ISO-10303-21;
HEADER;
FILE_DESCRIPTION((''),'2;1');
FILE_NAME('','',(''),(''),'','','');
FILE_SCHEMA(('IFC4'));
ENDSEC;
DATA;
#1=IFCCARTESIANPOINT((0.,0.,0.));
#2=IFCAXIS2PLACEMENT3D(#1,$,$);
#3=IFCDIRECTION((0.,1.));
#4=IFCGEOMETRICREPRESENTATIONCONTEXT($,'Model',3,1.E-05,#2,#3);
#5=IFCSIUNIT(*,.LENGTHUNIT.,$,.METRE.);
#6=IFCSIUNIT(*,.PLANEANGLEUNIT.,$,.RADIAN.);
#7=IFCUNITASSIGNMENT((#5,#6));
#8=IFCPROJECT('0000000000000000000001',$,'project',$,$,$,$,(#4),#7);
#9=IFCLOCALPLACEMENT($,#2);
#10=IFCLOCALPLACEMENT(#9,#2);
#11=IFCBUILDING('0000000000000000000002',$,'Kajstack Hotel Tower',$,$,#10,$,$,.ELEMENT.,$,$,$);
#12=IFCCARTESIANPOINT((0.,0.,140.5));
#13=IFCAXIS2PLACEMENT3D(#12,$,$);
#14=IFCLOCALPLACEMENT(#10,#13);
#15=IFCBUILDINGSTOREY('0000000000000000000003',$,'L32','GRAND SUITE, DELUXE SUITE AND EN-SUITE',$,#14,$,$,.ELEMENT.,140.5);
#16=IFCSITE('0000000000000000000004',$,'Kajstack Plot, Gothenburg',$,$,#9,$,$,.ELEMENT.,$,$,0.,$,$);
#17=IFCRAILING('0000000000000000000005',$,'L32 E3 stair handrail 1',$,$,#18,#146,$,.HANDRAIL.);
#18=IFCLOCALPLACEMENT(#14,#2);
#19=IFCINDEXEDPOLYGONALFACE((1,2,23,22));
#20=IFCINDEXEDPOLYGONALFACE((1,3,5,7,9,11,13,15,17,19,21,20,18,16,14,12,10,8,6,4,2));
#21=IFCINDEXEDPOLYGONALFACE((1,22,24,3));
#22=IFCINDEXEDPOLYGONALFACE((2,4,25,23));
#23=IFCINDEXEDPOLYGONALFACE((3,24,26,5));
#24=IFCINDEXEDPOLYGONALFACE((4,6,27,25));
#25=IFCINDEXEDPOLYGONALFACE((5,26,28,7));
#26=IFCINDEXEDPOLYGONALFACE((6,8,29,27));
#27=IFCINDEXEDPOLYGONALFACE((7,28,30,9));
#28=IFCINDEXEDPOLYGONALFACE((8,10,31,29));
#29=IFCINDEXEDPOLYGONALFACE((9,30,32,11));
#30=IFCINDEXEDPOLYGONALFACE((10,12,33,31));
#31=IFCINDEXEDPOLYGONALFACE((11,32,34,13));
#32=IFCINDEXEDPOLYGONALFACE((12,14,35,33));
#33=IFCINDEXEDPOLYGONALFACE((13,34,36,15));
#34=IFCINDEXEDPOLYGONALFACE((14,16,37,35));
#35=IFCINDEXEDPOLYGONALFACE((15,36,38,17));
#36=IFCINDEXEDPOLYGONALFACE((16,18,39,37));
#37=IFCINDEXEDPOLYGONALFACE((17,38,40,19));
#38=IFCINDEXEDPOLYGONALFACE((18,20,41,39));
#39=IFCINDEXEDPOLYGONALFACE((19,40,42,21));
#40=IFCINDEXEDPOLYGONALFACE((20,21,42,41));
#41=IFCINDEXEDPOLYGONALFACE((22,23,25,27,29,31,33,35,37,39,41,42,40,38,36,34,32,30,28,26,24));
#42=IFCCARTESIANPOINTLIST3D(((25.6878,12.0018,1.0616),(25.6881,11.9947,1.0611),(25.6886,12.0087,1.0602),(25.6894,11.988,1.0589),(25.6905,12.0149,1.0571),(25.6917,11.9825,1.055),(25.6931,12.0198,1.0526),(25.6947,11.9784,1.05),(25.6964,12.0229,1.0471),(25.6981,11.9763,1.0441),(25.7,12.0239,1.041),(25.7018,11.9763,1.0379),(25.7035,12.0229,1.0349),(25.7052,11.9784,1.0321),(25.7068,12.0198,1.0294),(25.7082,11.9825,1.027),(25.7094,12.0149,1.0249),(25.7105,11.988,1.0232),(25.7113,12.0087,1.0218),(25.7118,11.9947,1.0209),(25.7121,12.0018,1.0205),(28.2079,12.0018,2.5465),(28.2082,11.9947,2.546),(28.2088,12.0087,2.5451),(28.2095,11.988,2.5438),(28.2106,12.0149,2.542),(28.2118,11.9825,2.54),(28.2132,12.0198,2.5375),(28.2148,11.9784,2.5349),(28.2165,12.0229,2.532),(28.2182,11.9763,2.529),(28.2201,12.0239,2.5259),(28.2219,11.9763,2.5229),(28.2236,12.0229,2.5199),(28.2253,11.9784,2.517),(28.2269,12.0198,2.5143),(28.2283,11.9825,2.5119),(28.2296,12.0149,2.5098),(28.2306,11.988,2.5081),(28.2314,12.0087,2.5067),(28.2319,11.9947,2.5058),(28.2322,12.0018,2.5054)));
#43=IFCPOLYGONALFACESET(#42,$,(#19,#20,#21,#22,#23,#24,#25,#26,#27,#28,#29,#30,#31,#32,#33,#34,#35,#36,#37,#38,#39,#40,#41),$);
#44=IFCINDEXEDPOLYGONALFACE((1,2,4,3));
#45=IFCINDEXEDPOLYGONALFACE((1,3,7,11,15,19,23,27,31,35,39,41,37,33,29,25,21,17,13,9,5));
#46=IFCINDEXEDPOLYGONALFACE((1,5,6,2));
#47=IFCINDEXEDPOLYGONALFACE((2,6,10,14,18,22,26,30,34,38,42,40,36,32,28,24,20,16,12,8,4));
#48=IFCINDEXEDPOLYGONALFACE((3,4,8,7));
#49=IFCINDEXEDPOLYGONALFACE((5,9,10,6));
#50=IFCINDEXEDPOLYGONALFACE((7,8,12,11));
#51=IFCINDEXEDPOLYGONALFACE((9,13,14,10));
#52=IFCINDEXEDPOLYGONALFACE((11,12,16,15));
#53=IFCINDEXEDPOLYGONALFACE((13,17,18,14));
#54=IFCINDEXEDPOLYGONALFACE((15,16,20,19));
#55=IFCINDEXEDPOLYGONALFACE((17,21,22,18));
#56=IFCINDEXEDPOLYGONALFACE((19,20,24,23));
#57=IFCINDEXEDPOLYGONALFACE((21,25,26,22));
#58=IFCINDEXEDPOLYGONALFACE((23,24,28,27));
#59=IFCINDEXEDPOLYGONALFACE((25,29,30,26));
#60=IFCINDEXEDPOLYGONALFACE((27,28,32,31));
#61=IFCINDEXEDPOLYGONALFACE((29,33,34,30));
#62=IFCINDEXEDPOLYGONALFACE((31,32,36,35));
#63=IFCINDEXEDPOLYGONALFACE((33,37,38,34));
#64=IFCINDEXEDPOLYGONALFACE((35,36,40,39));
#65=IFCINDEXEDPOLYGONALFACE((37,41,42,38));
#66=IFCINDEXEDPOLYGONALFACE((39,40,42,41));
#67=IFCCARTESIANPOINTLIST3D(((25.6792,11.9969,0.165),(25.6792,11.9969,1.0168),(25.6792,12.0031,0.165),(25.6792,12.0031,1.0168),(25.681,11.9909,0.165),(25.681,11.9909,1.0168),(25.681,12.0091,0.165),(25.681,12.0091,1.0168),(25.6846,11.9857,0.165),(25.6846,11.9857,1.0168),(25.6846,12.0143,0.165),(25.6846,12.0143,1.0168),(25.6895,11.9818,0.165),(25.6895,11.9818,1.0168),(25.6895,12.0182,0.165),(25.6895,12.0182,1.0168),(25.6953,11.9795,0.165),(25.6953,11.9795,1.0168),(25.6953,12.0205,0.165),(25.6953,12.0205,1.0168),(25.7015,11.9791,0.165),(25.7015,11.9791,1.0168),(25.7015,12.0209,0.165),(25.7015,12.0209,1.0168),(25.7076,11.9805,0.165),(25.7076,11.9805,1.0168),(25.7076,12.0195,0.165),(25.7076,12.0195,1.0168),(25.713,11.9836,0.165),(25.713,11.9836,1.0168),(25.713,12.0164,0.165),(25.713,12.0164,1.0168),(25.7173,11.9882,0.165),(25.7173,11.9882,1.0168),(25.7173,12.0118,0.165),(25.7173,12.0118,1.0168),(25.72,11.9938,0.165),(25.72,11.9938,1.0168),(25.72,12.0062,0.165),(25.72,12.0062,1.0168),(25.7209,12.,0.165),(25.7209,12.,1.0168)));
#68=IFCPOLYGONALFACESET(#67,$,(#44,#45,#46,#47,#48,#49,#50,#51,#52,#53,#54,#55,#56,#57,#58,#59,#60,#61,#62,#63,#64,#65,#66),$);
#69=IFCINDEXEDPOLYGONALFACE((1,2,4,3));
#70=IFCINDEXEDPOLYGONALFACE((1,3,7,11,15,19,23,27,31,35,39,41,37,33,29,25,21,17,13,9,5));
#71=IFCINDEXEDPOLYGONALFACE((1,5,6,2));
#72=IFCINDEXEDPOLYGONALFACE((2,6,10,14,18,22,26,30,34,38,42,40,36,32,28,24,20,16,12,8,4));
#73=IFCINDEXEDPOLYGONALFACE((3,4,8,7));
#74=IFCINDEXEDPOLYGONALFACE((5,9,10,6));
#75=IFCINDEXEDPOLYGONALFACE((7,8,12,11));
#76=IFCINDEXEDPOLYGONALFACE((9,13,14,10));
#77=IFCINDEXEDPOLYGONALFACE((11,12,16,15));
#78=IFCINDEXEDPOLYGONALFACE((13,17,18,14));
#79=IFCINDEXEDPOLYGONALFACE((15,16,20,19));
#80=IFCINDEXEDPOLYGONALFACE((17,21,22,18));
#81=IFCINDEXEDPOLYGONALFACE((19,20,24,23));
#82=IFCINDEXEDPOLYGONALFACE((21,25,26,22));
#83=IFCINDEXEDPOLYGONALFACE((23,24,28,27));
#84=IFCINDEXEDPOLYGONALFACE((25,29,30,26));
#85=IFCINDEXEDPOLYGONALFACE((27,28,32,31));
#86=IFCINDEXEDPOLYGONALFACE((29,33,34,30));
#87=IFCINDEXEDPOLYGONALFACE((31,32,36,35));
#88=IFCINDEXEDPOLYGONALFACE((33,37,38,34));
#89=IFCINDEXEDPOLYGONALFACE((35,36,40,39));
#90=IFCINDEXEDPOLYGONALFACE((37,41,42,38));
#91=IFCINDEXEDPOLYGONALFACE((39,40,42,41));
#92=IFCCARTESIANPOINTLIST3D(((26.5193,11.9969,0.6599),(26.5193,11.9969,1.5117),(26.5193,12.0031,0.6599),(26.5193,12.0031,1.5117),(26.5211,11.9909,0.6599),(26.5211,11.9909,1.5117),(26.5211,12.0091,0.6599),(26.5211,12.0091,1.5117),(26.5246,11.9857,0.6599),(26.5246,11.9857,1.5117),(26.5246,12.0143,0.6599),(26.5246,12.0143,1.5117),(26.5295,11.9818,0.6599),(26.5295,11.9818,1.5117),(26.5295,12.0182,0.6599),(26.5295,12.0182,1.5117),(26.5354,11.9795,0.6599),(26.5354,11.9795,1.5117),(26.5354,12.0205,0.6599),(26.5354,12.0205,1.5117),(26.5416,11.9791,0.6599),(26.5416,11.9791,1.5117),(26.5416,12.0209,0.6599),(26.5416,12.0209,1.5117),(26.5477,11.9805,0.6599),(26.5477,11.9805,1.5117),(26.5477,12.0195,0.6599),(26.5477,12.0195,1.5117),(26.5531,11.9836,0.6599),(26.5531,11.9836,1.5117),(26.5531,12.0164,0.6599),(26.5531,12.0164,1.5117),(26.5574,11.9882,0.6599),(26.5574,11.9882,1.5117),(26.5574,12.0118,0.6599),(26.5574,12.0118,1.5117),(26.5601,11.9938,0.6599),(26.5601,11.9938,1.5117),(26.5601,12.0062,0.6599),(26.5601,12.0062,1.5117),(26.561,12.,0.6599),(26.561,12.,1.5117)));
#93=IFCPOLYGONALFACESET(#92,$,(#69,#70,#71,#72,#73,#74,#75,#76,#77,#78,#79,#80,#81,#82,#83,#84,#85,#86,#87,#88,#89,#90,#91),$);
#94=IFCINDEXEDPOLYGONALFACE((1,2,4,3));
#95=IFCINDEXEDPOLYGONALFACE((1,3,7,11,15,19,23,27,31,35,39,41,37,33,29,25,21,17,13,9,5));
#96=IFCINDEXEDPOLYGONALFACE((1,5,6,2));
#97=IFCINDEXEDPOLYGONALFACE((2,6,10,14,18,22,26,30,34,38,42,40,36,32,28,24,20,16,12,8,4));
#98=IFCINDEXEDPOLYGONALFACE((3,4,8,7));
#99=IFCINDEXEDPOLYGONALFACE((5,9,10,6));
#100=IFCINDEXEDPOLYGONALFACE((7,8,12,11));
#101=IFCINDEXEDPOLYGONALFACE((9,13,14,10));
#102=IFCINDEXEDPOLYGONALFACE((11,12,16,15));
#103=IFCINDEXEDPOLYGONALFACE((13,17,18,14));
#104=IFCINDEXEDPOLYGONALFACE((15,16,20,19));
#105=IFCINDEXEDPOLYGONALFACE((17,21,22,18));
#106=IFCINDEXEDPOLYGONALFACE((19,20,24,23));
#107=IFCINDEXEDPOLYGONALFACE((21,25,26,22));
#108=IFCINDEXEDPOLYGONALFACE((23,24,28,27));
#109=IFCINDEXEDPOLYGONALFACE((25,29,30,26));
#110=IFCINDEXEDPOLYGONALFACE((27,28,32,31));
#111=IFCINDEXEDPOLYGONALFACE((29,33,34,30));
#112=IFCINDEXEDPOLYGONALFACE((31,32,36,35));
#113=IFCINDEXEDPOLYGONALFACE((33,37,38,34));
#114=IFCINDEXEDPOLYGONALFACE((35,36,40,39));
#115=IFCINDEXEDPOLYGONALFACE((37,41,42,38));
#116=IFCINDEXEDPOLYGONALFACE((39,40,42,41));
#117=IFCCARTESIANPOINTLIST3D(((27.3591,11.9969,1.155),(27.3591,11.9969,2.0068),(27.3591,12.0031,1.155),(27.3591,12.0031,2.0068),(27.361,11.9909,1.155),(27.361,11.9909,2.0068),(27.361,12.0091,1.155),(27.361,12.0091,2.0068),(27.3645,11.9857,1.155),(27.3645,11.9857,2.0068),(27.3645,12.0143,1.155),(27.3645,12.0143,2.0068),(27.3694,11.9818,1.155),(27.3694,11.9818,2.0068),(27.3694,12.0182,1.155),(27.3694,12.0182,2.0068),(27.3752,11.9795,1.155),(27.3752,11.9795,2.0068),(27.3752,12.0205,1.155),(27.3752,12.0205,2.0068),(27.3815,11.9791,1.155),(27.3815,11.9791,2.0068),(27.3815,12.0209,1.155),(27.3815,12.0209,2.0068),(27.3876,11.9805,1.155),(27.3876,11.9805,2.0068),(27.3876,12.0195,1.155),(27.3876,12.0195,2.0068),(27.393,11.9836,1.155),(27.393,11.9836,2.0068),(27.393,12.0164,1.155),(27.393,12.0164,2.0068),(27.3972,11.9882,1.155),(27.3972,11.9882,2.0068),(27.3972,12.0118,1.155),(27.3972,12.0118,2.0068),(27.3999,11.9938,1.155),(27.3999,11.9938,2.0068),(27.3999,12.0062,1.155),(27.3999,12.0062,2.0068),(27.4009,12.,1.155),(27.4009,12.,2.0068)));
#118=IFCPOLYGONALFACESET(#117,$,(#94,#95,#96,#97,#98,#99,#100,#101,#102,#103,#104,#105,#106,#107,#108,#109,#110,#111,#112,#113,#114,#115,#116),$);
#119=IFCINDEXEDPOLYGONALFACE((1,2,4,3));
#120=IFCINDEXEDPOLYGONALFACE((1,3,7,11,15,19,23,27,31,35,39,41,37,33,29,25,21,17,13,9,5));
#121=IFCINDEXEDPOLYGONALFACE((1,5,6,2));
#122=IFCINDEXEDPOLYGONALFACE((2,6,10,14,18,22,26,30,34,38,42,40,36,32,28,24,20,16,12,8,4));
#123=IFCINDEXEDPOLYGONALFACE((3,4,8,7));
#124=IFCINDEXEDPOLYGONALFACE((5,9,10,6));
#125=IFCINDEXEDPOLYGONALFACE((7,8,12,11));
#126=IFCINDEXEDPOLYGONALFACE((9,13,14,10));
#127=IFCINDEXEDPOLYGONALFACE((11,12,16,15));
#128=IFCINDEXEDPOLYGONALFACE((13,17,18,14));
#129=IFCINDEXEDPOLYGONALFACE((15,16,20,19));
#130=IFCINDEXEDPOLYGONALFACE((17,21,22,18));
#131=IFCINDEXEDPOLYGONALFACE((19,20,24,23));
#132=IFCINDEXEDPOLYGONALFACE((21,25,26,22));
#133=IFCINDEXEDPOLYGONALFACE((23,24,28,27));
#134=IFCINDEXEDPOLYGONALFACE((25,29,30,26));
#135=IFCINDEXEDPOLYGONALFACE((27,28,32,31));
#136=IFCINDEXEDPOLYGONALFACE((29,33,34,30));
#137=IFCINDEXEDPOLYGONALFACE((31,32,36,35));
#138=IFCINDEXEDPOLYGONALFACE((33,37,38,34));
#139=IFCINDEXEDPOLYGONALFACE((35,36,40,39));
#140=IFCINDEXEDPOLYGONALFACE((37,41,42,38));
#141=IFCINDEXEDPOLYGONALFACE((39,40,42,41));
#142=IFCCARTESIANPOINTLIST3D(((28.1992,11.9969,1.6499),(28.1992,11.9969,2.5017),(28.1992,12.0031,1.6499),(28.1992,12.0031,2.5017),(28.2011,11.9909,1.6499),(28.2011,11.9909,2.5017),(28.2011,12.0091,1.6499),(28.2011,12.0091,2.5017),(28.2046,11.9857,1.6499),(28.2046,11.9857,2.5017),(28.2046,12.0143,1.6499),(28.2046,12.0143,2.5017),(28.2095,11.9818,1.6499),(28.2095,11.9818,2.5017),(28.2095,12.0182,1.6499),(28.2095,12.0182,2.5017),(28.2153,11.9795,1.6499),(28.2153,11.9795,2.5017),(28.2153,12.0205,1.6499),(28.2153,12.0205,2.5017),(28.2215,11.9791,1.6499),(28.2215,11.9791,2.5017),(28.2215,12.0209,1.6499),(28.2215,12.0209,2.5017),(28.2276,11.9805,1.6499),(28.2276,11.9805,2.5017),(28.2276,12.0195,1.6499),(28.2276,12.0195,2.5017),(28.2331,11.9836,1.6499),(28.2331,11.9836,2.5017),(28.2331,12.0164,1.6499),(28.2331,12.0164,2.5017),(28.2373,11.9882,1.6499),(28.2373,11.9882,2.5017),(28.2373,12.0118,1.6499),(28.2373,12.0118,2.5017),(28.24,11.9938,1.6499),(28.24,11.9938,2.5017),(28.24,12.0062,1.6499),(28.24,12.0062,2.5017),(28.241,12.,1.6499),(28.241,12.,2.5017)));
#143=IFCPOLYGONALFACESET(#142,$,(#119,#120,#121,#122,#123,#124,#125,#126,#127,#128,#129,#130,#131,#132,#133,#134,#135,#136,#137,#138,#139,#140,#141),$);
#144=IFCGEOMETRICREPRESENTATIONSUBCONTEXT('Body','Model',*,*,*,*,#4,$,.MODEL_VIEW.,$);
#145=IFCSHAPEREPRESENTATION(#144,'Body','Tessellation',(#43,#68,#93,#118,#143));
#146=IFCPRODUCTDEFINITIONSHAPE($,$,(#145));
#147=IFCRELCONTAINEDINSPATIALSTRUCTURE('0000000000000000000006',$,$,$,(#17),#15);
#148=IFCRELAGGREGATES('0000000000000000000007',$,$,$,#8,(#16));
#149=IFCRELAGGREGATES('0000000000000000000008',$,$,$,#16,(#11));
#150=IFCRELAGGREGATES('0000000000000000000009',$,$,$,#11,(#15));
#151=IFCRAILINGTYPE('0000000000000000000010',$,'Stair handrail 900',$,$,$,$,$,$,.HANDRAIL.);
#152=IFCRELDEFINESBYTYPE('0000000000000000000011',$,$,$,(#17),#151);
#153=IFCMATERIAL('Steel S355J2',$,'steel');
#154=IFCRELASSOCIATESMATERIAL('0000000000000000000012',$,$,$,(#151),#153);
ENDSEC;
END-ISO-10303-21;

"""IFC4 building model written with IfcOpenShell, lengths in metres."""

from ifc_helpers import new_model, si_unit, direction, frame, origin, origin_2d, place, context, subcontext, project, spatial, circle, extrude, material, type_object, element, save


model = new_model("IFC4")

# Units and contexts
model_context = context("Model", 3, precision=1e-05, world=origin(), true_north=direction((0.0, 1.0)))
body_context = subcontext(model_context, "Body", "Model", "MODEL_VIEW")
ifc_project = project(units=[si_unit("LENGTHUNIT", "METRE"), si_unit("PLANEANGLEUNIT", "RADIAN")], contexts=[model_context])

# Site, building, storey
site_placement = place(None, origin())
site = spatial("IfcSite", under=ifc_project, at=site_placement, Name="Kajstack Plot, Gothenburg", CompositionType="ELEMENT", RefElevation=0.0)
building_placement = place(site_placement, origin())
building = spatial("IfcBuilding", under=site, at=building_placement, Name="Kajstack Hotel Tower", CompositionType="ELEMENT")
storey_placement = place(building_placement, frame((0.0, 0.0, 140.5)))
storey = spatial("IfcBuildingStorey", under=building, at=storey_placement, Name="L32", Description="GRAND SUITE, DELUXE SUITE AND EN-SUITE", CompositionType="ELEMENT", Elevation=140.5)

# Railing
ifc_material_1 = material(Name="Steel S355J2", Category="steel")
railing_type_1 = type_object("IfcRailingType", Name="Stair handrail 900", PredefinedType="HANDRAIL", material=ifc_material_1)
railing_1_placement = place(storey_placement, frame((25.7, 12.0, 0.165)))
element("IfcRailing", 1, at=railing_1_placement, inside=storey, type_object=railing_type_1, Name="L32 E3 stair handrail 1", PredefinedType="HANDRAIL", context=body_context, shape_type="SweptSolid", body=[
    extrude(circle(Radius=0.0239, at=origin_2d()), frame((0.0, 0.0, 0.876), z_axis=(0.861561, 0.0, 0.507655), x_axis=(0.0, 1.0, 0.0)), (0.0, 0.0, 1.0), 2.925),
    extrude(circle(Radius=0.021, at=origin_2d()), origin(), (0.0, 0.0, 1.0), 0.8518),
    extrude(circle(Radius=0.021, at=origin_2d()), frame((0.8401, 0.0, 0.4949)), (0.0, 0.0, 1.0), 0.8518),
    extrude(circle(Radius=0.021, at=origin_2d()), frame((1.6799, 0.0, 0.99)), (0.0, 0.0, 1.0), 0.8518),
    extrude(circle(Radius=0.021, at=origin_2d()), frame((2.52, 0.0, 1.4849)), (0.0, 0.0, 1.0), 0.8518),
])

save(model, "model.ifc")
